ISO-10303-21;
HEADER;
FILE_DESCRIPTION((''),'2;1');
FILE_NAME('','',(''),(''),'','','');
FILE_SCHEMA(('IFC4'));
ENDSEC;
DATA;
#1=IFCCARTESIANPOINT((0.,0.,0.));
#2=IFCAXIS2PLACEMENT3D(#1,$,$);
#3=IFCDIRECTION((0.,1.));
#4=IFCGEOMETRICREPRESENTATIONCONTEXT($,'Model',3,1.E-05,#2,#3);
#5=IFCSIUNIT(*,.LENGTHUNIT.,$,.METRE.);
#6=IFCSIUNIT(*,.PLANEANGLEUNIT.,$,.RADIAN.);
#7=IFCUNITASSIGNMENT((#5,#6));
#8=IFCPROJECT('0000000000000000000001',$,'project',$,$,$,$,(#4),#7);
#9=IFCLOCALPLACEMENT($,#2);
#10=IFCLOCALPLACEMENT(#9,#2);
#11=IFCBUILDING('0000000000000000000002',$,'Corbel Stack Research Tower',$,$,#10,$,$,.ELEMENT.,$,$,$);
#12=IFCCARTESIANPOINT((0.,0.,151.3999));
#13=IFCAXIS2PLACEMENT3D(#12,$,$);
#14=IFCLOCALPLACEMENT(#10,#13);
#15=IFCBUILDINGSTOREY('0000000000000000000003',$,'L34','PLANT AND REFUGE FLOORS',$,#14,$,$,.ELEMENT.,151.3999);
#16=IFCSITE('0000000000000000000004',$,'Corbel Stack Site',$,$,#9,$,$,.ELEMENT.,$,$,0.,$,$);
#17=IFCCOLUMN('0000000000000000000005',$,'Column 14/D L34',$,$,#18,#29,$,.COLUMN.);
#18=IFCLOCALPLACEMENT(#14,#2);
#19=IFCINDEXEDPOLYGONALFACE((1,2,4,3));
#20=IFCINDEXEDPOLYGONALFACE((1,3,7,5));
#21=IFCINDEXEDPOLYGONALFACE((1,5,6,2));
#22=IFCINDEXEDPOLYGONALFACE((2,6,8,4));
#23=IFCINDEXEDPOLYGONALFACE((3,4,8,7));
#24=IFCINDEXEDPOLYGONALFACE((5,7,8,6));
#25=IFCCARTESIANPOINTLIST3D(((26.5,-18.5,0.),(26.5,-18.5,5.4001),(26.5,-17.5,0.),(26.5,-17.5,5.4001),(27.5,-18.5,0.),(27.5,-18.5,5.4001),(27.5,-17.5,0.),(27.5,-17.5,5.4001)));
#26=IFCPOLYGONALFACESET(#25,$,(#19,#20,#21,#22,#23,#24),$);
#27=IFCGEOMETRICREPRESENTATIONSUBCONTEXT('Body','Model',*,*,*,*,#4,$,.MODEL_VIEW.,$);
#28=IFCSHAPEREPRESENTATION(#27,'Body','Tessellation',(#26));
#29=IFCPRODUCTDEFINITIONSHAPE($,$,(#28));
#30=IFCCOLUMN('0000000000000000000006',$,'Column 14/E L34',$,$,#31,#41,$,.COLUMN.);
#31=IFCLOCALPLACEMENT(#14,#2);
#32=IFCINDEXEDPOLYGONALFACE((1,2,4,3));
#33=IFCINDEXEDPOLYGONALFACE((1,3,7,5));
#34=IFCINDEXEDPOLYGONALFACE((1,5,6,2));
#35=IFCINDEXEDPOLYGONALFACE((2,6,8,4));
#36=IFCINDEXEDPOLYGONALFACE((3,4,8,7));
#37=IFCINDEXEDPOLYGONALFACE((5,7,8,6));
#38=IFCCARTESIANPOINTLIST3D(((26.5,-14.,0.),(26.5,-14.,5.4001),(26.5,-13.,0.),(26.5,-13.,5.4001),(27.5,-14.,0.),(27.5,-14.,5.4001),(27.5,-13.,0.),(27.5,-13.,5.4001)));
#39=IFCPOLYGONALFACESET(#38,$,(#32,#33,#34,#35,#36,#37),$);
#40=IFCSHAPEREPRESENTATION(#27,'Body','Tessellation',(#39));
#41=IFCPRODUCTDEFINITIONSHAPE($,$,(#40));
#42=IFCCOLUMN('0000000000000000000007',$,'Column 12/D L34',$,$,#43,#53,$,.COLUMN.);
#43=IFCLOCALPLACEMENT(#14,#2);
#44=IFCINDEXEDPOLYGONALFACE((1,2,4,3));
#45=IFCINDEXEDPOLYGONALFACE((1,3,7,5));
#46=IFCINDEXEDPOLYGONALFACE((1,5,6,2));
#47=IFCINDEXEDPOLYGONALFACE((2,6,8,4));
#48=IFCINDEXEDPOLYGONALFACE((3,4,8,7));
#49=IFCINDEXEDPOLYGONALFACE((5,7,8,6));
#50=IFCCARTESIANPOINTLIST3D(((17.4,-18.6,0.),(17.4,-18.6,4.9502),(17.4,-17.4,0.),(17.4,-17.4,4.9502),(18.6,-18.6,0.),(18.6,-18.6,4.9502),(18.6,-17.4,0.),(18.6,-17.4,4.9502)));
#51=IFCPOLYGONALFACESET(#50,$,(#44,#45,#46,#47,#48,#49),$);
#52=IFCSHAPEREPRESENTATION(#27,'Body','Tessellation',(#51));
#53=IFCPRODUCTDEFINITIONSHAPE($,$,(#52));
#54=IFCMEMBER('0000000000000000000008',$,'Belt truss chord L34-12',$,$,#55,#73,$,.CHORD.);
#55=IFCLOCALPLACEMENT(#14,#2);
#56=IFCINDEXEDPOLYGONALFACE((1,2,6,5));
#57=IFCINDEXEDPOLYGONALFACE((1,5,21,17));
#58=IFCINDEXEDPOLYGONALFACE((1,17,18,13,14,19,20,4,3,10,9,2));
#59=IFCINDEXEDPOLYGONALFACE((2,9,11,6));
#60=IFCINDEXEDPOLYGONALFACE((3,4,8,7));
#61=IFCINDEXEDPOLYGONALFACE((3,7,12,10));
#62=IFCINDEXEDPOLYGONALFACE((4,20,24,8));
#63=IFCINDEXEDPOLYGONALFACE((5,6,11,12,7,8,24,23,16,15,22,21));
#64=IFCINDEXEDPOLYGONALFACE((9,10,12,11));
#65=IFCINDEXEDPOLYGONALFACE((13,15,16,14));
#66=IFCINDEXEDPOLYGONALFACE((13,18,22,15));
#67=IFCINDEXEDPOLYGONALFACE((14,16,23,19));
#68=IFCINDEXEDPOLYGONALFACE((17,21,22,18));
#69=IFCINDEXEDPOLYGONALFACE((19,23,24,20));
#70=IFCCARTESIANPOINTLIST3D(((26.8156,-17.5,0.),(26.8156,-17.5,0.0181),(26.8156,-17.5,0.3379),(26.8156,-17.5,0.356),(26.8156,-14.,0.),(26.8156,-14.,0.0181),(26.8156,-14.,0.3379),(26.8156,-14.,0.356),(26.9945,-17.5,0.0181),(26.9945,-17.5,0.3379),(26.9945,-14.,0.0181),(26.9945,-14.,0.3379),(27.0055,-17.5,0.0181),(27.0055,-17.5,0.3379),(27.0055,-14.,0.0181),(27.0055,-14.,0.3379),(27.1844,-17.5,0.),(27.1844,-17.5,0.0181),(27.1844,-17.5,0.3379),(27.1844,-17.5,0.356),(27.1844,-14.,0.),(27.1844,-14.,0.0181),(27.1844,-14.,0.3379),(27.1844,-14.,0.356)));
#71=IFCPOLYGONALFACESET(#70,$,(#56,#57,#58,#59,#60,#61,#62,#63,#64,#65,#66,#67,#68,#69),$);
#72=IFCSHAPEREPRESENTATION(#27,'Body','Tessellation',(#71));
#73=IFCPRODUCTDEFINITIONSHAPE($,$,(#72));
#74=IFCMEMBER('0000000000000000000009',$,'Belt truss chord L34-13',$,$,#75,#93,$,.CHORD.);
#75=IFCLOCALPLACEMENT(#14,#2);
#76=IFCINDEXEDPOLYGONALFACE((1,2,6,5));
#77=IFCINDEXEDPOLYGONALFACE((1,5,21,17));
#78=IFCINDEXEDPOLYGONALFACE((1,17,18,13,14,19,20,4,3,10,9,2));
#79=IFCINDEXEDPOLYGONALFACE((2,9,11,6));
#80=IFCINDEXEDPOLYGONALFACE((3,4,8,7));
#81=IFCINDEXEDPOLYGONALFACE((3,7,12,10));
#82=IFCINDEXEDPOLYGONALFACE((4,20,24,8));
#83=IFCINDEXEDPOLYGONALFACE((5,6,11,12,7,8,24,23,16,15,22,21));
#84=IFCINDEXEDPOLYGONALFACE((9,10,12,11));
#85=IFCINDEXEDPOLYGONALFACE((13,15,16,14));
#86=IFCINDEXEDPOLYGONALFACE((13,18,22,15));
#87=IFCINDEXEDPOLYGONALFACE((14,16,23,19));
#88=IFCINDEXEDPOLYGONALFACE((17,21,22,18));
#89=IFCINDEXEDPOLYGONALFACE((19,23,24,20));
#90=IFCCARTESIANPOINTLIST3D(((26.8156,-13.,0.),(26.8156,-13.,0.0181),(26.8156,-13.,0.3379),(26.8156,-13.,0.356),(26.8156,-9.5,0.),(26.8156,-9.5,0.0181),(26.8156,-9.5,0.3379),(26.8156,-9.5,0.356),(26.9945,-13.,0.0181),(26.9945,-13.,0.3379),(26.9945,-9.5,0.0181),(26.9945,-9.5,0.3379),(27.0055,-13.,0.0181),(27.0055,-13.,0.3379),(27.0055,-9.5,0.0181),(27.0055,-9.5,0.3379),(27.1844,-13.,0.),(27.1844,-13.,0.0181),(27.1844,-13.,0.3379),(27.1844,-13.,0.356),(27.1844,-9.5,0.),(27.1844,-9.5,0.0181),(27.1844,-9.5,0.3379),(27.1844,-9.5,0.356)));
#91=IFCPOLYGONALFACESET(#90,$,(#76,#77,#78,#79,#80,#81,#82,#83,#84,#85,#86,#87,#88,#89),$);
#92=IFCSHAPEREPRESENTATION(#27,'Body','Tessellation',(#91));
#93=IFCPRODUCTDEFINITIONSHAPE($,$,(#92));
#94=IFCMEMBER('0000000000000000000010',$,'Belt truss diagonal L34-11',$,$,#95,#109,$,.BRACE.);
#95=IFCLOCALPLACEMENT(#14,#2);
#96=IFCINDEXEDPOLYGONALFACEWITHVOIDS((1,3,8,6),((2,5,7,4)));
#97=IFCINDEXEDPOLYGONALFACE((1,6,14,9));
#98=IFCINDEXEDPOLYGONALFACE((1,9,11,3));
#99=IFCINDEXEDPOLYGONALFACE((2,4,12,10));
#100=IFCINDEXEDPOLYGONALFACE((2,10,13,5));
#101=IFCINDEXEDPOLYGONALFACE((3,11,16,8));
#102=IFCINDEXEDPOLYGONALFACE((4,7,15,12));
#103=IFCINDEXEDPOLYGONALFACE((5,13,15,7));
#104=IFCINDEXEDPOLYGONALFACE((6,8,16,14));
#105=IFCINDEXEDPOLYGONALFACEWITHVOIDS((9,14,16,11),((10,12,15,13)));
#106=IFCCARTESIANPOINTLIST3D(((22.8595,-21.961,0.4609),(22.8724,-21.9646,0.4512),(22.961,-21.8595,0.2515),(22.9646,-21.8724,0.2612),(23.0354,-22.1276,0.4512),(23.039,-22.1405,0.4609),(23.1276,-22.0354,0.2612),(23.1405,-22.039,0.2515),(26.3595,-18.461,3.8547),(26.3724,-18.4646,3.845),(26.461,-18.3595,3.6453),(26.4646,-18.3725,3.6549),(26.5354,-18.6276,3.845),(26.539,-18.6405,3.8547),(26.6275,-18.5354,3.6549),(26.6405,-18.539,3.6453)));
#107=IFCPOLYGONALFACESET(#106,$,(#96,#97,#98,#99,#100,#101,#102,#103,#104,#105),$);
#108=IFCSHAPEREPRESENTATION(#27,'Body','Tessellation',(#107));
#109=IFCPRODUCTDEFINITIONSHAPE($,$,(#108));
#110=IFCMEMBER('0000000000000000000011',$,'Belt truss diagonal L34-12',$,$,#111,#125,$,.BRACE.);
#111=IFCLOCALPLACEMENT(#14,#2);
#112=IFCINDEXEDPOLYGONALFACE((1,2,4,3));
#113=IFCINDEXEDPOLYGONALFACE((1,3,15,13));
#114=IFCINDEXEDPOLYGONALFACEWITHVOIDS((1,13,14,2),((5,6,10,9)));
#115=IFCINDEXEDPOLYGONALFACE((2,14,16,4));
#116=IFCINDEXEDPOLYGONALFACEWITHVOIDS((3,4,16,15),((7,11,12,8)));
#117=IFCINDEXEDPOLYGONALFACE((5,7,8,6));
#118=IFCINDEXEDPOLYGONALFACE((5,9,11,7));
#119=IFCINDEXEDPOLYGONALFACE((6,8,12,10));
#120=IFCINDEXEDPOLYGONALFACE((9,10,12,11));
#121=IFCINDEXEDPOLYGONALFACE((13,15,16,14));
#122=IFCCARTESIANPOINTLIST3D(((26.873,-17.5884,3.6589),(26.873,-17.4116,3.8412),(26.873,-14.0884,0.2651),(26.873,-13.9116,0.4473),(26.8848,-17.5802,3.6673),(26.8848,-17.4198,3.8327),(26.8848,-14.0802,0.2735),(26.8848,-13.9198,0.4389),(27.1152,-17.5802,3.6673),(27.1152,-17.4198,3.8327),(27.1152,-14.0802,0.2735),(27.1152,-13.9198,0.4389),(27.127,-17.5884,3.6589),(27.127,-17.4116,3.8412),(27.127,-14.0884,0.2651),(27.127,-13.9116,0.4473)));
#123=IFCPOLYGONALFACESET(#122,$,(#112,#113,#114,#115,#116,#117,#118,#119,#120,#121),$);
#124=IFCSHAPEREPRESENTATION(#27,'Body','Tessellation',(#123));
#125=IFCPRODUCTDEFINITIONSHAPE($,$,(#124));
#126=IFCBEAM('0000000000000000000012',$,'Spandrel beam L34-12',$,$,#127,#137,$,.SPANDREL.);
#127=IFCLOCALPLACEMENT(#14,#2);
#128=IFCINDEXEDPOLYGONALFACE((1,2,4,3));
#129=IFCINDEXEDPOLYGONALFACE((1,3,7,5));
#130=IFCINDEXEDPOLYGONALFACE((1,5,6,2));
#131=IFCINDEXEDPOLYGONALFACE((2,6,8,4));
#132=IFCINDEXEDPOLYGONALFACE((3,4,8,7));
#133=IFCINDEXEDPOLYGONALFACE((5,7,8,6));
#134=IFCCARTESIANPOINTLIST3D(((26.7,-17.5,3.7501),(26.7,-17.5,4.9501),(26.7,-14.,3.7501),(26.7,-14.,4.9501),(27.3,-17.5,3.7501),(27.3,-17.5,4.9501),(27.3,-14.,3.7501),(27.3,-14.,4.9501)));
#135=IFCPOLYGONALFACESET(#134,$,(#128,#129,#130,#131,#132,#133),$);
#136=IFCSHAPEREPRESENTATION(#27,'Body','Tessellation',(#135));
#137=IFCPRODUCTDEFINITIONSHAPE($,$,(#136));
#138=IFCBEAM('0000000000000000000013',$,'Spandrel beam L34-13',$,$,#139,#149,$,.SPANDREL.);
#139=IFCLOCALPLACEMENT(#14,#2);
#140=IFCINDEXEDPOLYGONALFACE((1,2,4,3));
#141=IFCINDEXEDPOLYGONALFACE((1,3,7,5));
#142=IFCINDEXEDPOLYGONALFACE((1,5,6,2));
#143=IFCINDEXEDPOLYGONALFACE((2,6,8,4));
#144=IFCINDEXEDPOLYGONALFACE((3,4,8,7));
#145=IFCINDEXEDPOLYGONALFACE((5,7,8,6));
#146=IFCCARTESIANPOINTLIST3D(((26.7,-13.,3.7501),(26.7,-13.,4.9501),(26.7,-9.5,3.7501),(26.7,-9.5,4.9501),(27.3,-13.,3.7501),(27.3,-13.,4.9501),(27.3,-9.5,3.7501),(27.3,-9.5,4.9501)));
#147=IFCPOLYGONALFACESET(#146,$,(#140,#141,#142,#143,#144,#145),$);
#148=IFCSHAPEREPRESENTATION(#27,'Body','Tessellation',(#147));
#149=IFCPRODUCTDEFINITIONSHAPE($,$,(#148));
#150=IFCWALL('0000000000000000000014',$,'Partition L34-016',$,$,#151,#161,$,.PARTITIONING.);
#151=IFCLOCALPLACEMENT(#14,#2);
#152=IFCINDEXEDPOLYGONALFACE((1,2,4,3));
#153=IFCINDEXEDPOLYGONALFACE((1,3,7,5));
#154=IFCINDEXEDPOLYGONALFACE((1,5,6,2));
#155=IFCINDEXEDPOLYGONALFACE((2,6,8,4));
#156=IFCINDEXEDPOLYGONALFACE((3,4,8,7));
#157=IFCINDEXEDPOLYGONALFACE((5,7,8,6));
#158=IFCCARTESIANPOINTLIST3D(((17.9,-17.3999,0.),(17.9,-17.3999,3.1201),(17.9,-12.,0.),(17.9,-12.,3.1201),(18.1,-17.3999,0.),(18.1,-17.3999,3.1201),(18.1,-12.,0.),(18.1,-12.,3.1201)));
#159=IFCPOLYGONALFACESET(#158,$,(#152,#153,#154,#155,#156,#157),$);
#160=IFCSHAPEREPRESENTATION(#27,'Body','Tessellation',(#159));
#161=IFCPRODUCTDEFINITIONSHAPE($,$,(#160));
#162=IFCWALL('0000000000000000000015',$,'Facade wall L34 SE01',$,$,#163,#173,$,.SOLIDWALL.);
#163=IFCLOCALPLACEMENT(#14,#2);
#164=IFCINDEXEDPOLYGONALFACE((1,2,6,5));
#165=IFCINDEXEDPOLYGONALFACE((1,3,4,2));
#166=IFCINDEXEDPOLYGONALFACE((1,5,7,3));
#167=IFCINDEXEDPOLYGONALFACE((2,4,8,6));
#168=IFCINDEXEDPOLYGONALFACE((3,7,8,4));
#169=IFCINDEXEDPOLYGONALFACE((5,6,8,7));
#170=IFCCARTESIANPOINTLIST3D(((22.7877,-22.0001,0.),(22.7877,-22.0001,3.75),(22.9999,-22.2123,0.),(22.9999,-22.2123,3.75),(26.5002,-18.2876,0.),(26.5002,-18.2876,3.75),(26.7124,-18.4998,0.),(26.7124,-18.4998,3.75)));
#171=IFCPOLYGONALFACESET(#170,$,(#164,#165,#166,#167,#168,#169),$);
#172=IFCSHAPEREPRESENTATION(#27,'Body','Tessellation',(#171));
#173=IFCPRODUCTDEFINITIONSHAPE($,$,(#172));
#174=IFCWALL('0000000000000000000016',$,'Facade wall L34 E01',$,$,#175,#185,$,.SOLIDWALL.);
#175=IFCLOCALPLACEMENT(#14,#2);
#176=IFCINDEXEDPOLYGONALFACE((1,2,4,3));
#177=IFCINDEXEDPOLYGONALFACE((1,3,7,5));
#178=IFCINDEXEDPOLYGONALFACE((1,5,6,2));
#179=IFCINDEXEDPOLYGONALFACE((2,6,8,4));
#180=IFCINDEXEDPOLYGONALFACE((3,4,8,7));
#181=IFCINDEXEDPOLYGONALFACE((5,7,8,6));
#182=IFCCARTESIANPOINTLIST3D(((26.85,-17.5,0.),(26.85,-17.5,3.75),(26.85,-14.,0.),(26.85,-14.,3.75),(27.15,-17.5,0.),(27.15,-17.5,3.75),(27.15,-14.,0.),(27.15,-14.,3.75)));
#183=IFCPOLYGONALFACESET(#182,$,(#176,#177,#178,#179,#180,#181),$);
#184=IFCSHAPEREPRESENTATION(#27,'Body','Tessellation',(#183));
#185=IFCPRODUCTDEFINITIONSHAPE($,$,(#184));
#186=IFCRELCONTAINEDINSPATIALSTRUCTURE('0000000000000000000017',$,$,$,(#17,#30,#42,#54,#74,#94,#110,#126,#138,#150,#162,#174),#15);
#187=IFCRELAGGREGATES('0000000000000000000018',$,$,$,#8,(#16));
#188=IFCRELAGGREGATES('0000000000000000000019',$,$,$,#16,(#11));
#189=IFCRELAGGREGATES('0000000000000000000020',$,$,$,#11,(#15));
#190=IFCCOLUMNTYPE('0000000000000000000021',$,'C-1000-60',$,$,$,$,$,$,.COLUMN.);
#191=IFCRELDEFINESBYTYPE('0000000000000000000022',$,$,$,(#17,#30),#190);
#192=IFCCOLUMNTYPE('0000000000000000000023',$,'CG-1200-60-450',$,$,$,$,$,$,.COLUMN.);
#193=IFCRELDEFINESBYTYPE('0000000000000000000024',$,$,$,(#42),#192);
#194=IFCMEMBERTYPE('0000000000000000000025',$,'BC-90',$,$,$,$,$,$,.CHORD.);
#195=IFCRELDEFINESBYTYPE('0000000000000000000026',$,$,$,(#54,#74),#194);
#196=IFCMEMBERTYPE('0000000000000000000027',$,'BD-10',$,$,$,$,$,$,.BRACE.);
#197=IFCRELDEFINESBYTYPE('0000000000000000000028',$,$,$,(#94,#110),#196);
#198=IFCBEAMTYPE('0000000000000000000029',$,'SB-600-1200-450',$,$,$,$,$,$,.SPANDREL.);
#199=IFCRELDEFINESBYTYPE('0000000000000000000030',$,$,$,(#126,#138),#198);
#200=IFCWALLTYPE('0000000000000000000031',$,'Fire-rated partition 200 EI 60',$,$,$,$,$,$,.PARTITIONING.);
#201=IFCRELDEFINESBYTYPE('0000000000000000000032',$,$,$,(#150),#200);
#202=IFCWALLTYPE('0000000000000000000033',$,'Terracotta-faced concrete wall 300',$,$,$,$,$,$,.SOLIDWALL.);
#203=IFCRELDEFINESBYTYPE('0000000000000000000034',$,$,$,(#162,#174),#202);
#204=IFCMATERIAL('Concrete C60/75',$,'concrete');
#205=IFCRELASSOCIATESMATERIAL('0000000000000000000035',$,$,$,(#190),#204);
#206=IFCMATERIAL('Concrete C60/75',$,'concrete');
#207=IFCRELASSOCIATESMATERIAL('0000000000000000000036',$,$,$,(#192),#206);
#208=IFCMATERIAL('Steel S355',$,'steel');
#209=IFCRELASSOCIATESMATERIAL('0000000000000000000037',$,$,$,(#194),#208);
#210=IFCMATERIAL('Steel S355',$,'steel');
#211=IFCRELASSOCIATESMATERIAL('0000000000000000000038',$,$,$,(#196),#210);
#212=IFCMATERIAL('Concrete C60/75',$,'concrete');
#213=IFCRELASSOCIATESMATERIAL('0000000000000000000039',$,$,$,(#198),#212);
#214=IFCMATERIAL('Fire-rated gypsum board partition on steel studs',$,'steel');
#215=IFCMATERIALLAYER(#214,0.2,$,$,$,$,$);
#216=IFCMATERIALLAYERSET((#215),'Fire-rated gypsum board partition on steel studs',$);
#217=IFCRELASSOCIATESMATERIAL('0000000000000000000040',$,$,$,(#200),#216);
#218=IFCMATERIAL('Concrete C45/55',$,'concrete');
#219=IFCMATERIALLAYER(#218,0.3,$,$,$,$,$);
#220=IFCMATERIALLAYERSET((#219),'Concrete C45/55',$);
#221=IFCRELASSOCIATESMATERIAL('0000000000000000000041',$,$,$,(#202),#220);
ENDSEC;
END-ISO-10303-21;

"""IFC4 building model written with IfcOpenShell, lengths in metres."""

from ifc_helpers import new_model, si_unit, direction, frame, frame_2d, origin, origin_2d, place, context, subcontext, project, spatial, rectangle, hollow_rectangle, i_section, extrude, material, layer, layer_set, material_profile, profile_set, type_object, element, save


model = new_model("IFC4")

# Units and contexts
model_context = context("Model", 3, precision=1e-05, world=origin(), true_north=direction((0.0, 1.0)))
body_context = subcontext(model_context, "Body", "Model", "MODEL_VIEW")
ifc_project = project(units=[si_unit("LENGTHUNIT", "METRE"), si_unit("PLANEANGLEUNIT", "RADIAN")], contexts=[model_context])

# Site, building, storey
site_placement = place(None, origin())
site = spatial("IfcSite", under=ifc_project, at=site_placement, Name="Corbel Stack Site", CompositionType="ELEMENT", RefElevation=0.0)
building_placement = place(site_placement, origin())
building = spatial("IfcBuilding", under=site, at=building_placement, Name="Corbel Stack Research Tower", CompositionType="ELEMENT")
storey_placement = place(building_placement, frame((0.0, 0.0, 151.3999)))
storey = spatial("IfcBuildingStorey", under=building, at=storey_placement, Name="L34", Description="PLANT AND REFUGE FLOORS", CompositionType="ELEMENT", Elevation=151.3999)

# Columns
ifc_material_1 = material(Name="Concrete C60/75", Category="concrete")
ifc_material_profile_1 = material_profile(ifc_material_1, rectangle(XDim=1.0, YDim=1.0, at=origin_2d()), Name="RC 1000 x 1000")
ifc_profile_set_1 = profile_set([ifc_material_profile_1], Name="Concrete C60/75")
column_type_1 = type_object("IfcColumnType", Name="C-1000-60", PredefinedType="COLUMN", material=ifc_profile_set_1)
for number, where, z_axis, x_axis, name in (
    (1, (27.0, -18.0, 0.0), (0.0, 0.0, 1.0), (1.0, 0.0, 0.0), "Column 14/D L34"),
    (2, (27.0, -13.5, 0.0), (0.0, 0.0, 1.0), (1.0, 0.0, 0.0), "Column 14/E L34"),
):
    element("IfcColumn", number, at=place(storey_placement, frame(where, z_axis=z_axis, x_axis=x_axis)), inside=storey, type_object=column_type_1, Name=name, PredefinedType="COLUMN", context=body_context, shape_type="SweptSolid", body=[
        extrude(rectangle(XDim=1.0, YDim=1.0, at=origin_2d()), origin(), (0.0, 0.0, 1.0), 5.4001),
    ])
ifc_material_2 = material(Name="Concrete C60/75", Category="concrete")
ifc_material_profile_2 = material_profile(ifc_material_2, rectangle(XDim=1.2, YDim=1.2, at=origin_2d()), Name="RC 1200 x 1200")
ifc_profile_set_2 = profile_set([ifc_material_profile_2], Name="Concrete C60/75")
column_type_2 = type_object("IfcColumnType", Name="CG-1200-60-450", PredefinedType="COLUMN", material=ifc_profile_set_2)
column_placement = place(storey_placement, frame((18.0, -18.0, 0.0), z_axis=(0.0, 0.0, 1.0), x_axis=(1.0, 0.0, 0.0)))
element("IfcColumn", 3, at=column_placement, inside=storey, type_object=column_type_2, Name="Column 12/D L34", PredefinedType="COLUMN", context=body_context, shape_type="SweptSolid", body=[
    extrude(rectangle(XDim=1.2, YDim=1.2, at=origin_2d()), origin(), (0.0, 0.0, 1.0), 4.9502),
])

# Members
ifc_material_3 = material(Name="Steel S355", Category="steel")
ifc_material_profile_3 = material_profile(ifc_material_3, i_section(OverallWidth=0.3689, OverallDepth=0.356, WebThickness=0.011, FlangeThickness=0.0181, at=origin_2d()), Name="W14x90")
ifc_profile_set_3 = profile_set([ifc_material_profile_3], Name="Steel S355")
member_type_1 = type_object("IfcMemberType", Name="BC-90", PredefinedType="CHORD", material=ifc_profile_set_3)
for number, where, z_axis, x_axis, name in (
    (4, (27.0, -17.5, 0.178), (0.0, 1.0, 0.0), (-1.0, 0.0, 0.0), "Belt truss chord L34-12"),
    (5, (27.0, -13.0, 0.178), (0.0, 1.0, 0.0), (-1.0, 0.0, 0.0), "Belt truss chord L34-13"),
):
    element("IfcMember", number, at=place(storey_placement, frame(where, z_axis=z_axis, x_axis=x_axis)), inside=storey, type_object=member_type_1, Name=name, PredefinedType="CHORD", context=body_context, shape_type="SweptSolid", body=[
        extrude(i_section(OverallWidth=0.3689, OverallDepth=0.356, WebThickness=0.011, FlangeThickness=0.0181, at=origin_2d()), origin(), (0.0, 0.0, 1.0), 3.5),
    ])
ifc_material_4 = material(Name="Steel S355", Category="steel")
ifc_material_profile_4 = material_profile(ifc_material_4, hollow_rectangle(XDim=0.2539, YDim=0.2539, WallThickness=0.0117, at=origin_2d()), Name="HSS10x10x1/2")
ifc_profile_set_4 = profile_set([ifc_material_profile_4], Name="Steel S355")
member_type_2 = type_object("IfcMemberType", Name="BD-10", PredefinedType="BRACE", material=ifc_profile_set_4)
member_1_placement = place(storey_placement, frame((23.0, -22.0, 0.3562), z_axis=(0.583189, 0.583189, 0.565493), x_axis=(-0.707107, 0.707107, 0.0)))
element("IfcMember", 6, at=member_1_placement, inside=storey, type_object=member_type_2, Name="Belt truss diagonal L34-11", PredefinedType="BRACE", context=body_context, shape_type="SweptSolid", body=[
    extrude(hollow_rectangle(XDim=0.2539, YDim=0.2539, WallThickness=0.0117, at=origin_2d()), origin(), (0.0, 0.0, 1.0), 6.0015),
])
member_2_placement = place(storey_placement, frame((27.0, -14.0, 0.3562), z_axis=(0.0, -0.717915, 0.696131), x_axis=(1.0, 0.0, 0.0)))
element("IfcMember", 7, at=member_2_placement, inside=storey, type_object=member_type_2, Name="Belt truss diagonal L34-12", PredefinedType="BRACE", context=body_context, shape_type="SweptSolid", body=[
    extrude(hollow_rectangle(XDim=0.2539, YDim=0.2539, WallThickness=0.0117, at=origin_2d()), origin(), (0.0, 0.0, 1.0), 4.8752),
])

# Beams
ifc_material_5 = material(Name="Concrete C60/75", Category="concrete")
ifc_material_profile_5 = material_profile(ifc_material_5, rectangle(XDim=0.6001, YDim=1.2, at=origin_2d()), Name="RC 600 x 1200")
ifc_profile_set_5 = profile_set([ifc_material_profile_5], Name="Concrete C60/75")
beam_type = type_object("IfcBeamType", Name="SB-600-1200-450", PredefinedType="SPANDREL", material=ifc_profile_set_5)
for number, where, z_axis, x_axis, name in (
    (8, (27.0, -17.5, 4.3501), (0.0, 1.0, 0.0), (-1.0, 0.0, 0.0), "Spandrel beam L34-12"),
    (9, (27.0, -13.0, 4.3501), (0.0, 1.0, 0.0), (-1.0, 0.0, 0.0), "Spandrel beam L34-13"),
):
    element("IfcBeam", number, at=place(storey_placement, frame(where, z_axis=z_axis, x_axis=x_axis)), inside=storey, type_object=beam_type, Name=name, PredefinedType="SPANDREL", context=body_context, shape_type="SweptSolid", body=[
        extrude(rectangle(XDim=0.6001, YDim=1.2, at=origin_2d()), origin(), (0.0, 0.0, 1.0), 3.5),
    ])

# Walls
ifc_material_6 = material(Name="Fire-rated gypsum board partition on steel studs", Category="steel")
ifc_layer_1 = layer(ifc_material_6, 0.2)
ifc_layer_set_1 = layer_set([ifc_layer_1], Name="Fire-rated gypsum board partition on steel studs")
wall_type_1 = type_object("IfcWallType", Name="Fire-rated partition 200 EI 60", PredefinedType="PARTITIONING", material=ifc_layer_set_1)
wall_1_placement = place(storey_placement, frame((18.0, -17.3999, 0.0), z_axis=(0.0, 0.0, 1.0), x_axis=(0.0, 1.0, 0.0)))
element("IfcWall", 10, at=wall_1_placement, inside=storey, type_object=wall_type_1, Name="Partition L34-016", PredefinedType="PARTITIONING", context=body_context, shape_type="SweptSolid", body=[
    extrude(rectangle(XDim=5.3999, YDim=0.2, at=frame_2d((2.7, 0.0))), origin(), (0.0, 0.0, 1.0), 3.1201),
])
ifc_material_7 = material(Name="Concrete C45/55", Category="concrete")
ifc_layer_2 = layer(ifc_material_7, 0.3)
ifc_layer_set_2 = layer_set([ifc_layer_2], Name="Concrete C45/55")
wall_type_2 = type_object("IfcWallType", Name="Terracotta-faced concrete wall 300", PredefinedType="SOLIDWALL", material=ifc_layer_set_2)
wall_2_placement = place(storey_placement, frame((26.6062, -18.3938, 0.0), z_axis=(0.0, 0.0, 1.0), x_axis=(-0.707107, -0.707107, 0.0)))
element("IfcWall", 11, at=wall_2_placement, inside=storey, type_object=wall_type_2, Name="Facade wall L34 SE01", PredefinedType="SOLIDWALL", context=body_context, shape_type="SweptSolid", body=[
    extrude(rectangle(XDim=5.2502, YDim=0.3, at=frame_2d((2.625, 0.0))), origin(), (0.0, 0.0, 1.0), 3.75),
])
wall_3_placement = place(storey_placement, frame((27.0, -14.0, 0.0), z_axis=(0.0, 0.0, 1.0), x_axis=(0.0, -1.0, 0.0)))
element("IfcWall", 12, at=wall_3_placement, inside=storey, type_object=wall_type_2, Name="Facade wall L34 E01", PredefinedType="SOLIDWALL", context=body_context, shape_type="SweptSolid", body=[
    extrude(rectangle(XDim=3.5, YDim=0.3, at=frame_2d((1.75, 0.0))), origin(), (0.0, 0.0, 1.0), 3.75),
])

save(model, "model.ifc")
